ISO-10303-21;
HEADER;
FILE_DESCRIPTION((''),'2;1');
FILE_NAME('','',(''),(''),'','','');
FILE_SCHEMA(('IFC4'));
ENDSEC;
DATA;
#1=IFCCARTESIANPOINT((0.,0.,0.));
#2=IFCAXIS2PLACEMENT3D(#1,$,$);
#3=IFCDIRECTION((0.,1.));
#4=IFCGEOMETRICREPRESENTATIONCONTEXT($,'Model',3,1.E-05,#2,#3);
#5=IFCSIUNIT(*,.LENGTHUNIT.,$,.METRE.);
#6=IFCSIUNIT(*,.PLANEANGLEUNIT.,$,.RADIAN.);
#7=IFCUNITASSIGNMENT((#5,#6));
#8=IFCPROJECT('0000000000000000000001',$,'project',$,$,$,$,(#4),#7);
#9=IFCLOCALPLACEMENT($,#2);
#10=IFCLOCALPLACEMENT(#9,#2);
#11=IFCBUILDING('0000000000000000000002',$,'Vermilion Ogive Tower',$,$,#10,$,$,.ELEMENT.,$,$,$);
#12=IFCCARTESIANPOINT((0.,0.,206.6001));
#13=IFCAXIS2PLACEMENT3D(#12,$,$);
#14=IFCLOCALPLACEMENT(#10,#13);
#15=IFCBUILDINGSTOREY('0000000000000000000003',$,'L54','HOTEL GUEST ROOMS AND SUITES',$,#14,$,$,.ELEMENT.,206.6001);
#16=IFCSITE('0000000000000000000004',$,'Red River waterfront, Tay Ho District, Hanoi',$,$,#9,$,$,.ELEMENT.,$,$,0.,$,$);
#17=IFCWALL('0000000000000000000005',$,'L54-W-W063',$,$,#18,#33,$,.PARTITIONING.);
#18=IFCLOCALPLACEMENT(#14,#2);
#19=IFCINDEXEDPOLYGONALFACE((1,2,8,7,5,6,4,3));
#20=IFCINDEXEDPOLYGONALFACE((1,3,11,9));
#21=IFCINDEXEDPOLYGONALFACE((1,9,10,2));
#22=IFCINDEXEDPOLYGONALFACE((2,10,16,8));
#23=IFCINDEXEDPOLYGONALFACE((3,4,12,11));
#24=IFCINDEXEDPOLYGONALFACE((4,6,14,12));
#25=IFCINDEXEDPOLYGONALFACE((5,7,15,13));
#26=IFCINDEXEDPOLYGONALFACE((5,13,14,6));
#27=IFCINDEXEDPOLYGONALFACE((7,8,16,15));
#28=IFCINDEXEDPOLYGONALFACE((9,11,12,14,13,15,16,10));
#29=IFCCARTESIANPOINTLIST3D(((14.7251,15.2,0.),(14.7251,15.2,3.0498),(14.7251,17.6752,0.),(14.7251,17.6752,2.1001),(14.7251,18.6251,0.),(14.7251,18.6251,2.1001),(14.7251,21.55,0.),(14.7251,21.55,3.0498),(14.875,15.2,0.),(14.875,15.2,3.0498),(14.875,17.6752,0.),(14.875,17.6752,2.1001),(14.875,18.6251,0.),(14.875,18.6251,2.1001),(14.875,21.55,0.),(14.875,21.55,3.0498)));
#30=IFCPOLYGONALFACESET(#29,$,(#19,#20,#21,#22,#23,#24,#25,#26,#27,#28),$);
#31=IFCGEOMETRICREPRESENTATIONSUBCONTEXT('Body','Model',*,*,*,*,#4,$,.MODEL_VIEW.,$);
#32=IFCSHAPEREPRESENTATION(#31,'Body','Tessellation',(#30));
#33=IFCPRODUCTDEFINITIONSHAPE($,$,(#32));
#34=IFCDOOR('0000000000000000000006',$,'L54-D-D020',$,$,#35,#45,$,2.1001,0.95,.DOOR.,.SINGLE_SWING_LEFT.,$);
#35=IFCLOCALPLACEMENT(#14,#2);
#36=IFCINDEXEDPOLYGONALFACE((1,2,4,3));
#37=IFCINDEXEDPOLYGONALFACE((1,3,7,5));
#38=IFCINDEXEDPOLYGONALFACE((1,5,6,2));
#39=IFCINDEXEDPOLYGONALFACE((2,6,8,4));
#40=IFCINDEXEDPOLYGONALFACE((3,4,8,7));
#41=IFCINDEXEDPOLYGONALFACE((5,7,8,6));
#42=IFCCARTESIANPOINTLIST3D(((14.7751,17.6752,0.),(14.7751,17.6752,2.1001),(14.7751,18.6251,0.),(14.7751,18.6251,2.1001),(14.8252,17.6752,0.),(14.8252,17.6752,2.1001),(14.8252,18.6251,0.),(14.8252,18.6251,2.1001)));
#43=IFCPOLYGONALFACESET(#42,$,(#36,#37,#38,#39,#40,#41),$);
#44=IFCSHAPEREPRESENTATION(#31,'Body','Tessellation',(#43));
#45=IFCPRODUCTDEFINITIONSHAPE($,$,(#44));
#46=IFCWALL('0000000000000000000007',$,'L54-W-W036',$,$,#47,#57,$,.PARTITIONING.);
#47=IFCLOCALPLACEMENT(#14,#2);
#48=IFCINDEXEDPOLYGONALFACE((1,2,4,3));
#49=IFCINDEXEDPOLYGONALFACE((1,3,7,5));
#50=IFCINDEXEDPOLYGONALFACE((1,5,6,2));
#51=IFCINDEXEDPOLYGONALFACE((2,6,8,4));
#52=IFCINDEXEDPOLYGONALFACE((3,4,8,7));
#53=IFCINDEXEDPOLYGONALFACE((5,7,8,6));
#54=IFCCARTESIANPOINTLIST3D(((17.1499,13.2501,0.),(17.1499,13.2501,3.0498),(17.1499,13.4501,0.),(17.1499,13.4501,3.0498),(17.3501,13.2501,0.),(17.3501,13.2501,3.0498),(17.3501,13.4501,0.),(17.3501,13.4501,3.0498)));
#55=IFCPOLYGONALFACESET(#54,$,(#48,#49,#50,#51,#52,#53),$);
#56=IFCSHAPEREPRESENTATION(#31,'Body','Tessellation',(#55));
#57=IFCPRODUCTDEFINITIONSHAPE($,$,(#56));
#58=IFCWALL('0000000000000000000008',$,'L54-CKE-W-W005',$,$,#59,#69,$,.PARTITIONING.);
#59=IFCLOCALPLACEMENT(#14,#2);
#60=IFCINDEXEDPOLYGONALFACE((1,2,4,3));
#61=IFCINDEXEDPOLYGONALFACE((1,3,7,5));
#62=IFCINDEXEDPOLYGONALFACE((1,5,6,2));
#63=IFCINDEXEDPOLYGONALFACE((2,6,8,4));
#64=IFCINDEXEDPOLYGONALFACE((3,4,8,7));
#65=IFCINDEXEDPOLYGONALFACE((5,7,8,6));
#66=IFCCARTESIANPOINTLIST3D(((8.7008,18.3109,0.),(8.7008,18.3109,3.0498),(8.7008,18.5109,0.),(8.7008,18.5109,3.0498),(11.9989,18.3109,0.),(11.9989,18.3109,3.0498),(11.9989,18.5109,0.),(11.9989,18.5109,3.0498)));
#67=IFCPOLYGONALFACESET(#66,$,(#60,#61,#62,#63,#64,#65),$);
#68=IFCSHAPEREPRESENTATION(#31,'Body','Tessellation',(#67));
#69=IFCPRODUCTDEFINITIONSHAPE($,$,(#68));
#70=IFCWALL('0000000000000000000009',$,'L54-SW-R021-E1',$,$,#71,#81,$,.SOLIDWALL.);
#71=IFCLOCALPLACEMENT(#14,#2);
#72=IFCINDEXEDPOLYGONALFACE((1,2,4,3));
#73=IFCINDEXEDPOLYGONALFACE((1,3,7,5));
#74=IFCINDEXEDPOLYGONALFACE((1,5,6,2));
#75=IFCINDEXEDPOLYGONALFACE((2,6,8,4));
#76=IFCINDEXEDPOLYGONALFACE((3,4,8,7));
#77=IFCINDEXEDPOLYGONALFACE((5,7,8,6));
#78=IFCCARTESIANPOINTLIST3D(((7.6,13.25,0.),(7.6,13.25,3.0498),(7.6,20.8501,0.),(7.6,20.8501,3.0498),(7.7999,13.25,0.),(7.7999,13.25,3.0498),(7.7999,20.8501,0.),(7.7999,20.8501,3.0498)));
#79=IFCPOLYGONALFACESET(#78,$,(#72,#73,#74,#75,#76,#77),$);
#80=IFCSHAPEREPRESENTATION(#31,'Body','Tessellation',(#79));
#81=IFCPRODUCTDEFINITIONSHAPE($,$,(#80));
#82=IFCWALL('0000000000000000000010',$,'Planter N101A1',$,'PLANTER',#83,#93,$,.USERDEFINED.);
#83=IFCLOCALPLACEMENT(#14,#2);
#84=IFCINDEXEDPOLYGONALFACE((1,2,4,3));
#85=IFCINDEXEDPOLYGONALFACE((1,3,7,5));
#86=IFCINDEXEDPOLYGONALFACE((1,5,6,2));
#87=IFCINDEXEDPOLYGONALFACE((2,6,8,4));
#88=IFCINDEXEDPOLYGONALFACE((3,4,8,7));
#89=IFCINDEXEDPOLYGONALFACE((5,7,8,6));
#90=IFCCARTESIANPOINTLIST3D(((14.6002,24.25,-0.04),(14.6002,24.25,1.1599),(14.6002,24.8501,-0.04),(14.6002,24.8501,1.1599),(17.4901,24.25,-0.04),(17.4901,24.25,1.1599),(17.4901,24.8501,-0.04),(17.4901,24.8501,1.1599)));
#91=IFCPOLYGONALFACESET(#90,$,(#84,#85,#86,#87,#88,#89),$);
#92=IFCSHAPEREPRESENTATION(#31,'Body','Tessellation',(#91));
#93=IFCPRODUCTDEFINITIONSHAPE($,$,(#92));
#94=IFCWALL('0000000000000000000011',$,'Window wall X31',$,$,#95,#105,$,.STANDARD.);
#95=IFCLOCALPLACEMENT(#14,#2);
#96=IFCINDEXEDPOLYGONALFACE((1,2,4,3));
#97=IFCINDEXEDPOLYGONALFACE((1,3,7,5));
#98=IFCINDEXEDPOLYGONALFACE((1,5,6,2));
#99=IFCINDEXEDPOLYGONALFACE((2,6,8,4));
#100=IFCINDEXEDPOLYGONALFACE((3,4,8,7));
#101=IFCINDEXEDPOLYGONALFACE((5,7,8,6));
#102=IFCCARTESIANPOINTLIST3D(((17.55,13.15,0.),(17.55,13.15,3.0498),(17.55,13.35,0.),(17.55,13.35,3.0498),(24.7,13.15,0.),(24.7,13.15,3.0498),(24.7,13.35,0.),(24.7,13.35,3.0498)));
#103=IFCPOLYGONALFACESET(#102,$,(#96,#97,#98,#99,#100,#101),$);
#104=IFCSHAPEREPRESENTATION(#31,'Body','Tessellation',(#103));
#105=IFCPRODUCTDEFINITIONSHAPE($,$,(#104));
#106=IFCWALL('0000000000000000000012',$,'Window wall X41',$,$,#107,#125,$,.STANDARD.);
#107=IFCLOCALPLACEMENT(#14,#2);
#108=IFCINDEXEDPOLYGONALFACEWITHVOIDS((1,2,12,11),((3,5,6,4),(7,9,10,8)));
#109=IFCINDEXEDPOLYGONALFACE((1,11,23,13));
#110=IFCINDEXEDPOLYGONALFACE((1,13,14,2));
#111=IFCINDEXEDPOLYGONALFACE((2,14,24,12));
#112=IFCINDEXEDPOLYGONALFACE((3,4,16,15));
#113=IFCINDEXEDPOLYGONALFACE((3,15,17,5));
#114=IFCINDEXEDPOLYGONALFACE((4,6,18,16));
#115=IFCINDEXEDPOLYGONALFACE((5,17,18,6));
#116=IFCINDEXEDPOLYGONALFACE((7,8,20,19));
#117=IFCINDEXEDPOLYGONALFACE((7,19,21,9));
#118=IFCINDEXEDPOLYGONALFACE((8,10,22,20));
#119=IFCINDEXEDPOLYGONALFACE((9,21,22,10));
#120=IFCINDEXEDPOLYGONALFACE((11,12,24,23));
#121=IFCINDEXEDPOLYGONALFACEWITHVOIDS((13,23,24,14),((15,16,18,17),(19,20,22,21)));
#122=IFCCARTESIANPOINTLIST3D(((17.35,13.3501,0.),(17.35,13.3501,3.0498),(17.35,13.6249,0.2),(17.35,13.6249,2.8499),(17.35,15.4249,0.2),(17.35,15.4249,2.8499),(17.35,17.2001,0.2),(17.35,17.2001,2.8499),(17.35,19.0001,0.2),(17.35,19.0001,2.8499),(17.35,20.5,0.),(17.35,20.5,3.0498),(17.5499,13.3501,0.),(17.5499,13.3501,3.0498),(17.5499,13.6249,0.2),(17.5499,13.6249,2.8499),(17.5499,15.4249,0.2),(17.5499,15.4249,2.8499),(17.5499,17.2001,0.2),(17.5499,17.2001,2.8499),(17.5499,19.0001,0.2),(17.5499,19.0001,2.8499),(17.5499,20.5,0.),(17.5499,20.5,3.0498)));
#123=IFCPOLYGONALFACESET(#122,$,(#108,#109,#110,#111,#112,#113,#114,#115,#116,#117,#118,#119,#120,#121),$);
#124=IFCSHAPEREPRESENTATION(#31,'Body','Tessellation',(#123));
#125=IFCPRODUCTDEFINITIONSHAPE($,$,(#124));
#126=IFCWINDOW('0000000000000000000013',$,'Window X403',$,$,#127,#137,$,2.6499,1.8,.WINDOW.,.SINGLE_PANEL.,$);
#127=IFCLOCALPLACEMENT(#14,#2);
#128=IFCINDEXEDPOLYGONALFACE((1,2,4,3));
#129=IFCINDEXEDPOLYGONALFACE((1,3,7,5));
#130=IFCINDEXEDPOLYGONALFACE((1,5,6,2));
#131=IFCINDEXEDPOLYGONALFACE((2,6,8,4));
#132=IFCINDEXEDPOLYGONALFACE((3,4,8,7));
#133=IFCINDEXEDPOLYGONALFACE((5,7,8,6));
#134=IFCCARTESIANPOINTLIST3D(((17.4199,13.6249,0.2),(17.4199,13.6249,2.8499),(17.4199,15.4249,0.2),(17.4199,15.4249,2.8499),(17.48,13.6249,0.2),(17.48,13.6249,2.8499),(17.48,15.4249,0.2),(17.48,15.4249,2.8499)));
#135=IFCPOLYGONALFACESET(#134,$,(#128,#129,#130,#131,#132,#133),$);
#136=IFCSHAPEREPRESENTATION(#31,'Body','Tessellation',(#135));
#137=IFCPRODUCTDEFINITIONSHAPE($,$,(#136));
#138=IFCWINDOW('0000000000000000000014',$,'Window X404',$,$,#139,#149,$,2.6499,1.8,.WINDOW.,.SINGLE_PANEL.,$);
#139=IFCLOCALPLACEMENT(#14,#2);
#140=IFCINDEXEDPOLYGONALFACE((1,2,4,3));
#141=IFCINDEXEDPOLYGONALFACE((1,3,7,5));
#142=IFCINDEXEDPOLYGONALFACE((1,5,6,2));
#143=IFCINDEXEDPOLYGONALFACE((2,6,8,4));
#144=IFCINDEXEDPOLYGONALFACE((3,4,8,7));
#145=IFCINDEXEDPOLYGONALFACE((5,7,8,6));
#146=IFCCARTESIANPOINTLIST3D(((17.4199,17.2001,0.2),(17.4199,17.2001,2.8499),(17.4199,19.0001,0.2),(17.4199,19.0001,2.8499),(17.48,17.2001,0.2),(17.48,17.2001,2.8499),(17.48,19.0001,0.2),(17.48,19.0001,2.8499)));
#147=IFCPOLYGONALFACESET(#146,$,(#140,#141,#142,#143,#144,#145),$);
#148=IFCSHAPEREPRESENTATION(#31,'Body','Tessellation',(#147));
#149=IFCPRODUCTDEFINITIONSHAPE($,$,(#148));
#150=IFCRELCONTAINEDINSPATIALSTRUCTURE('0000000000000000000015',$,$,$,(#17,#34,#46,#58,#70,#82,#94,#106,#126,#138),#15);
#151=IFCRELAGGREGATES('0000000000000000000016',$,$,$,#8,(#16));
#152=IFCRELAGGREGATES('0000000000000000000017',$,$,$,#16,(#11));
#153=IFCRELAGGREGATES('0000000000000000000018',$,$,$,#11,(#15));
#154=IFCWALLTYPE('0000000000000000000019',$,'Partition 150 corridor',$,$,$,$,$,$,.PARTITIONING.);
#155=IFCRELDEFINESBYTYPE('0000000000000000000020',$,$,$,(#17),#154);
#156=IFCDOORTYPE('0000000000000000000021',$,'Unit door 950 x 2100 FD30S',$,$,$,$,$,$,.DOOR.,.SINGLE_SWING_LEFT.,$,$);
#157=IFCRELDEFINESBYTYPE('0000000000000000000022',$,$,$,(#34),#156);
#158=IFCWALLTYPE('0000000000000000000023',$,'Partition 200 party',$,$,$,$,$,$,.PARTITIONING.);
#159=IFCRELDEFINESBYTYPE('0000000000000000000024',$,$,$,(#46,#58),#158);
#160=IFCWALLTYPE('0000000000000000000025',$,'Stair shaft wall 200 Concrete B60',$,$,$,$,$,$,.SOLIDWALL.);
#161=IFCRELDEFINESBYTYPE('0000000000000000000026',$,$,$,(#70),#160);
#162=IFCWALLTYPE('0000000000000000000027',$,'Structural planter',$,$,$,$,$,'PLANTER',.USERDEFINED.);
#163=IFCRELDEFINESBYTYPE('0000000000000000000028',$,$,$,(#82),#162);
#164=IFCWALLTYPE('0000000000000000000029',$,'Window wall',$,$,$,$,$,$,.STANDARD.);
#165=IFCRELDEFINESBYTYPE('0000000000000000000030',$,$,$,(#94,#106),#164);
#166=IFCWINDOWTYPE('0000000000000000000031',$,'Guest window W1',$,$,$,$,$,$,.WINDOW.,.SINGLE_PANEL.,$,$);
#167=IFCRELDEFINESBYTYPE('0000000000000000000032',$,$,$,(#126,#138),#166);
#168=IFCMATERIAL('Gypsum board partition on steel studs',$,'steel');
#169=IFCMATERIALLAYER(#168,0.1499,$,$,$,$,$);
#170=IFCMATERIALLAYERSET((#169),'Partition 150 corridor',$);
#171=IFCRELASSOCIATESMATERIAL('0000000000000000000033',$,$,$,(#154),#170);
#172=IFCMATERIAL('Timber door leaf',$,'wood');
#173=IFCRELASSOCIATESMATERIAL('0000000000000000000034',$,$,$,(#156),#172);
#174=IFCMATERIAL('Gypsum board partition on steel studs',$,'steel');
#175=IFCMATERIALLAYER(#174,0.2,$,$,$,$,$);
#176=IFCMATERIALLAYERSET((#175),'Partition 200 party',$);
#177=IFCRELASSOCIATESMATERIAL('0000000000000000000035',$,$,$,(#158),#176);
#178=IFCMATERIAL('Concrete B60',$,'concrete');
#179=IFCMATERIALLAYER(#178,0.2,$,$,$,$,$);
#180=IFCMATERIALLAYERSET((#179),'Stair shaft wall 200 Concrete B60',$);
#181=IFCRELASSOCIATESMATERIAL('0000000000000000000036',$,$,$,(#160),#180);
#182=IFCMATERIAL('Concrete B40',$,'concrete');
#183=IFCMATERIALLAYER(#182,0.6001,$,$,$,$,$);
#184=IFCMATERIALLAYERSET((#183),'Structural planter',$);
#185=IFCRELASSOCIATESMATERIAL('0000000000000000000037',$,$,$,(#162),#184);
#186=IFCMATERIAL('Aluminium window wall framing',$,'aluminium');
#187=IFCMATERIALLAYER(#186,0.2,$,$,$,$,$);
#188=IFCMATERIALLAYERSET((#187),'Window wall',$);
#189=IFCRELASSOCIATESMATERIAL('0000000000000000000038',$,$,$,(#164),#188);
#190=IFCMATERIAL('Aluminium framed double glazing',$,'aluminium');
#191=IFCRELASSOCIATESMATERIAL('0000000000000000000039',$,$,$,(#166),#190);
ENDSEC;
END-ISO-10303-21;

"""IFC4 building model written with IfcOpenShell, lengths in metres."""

from ifc_helpers import new_model, si_unit, direction, frame, frame_2d, origin, place, context, subcontext, project, spatial, rectangle, extrude, material, layer, layer_set, type_object, element, fill, save


model = new_model("IFC4")

# Units and contexts
model_context = context("Model", 3, precision=1e-05, world=origin(), true_north=direction((0.0, 1.0)))
body_context = subcontext(model_context, "Body", "Model", "MODEL_VIEW")
ifc_project = project(units=[si_unit("LENGTHUNIT", "METRE"), si_unit("PLANEANGLEUNIT", "RADIAN")], contexts=[model_context])

# Site, building, storey
site_placement = place(None, origin())
site = spatial("IfcSite", under=ifc_project, at=site_placement, Name="Red River waterfront, Tay Ho District, Hanoi", CompositionType="ELEMENT", RefElevation=0.0)
building_placement = place(site_placement, origin())
building = spatial("IfcBuilding", under=site, at=building_placement, Name="Vermilion Ogive Tower", CompositionType="ELEMENT")
storey_placement = place(building_placement, frame((0.0, 0.0, 206.6001)))
storey = spatial("IfcBuildingStorey", under=building, at=storey_placement, Name="L54", Description="HOTEL GUEST ROOMS AND SUITES", CompositionType="ELEMENT", Elevation=206.6001)

# Wall, opening, door
ifc_material_1 = material(Name="Gypsum board partition on steel studs", Category="steel")
ifc_layer_1 = layer(ifc_material_1, 0.1499)
ifc_layer_set_1 = layer_set([ifc_layer_1], Name="Partition 150 corridor")
wall_type_1 = type_object("IfcWallType", Name="Partition 150 corridor", PredefinedType="PARTITIONING", material=ifc_layer_set_1)
wall_1_placement = place(storey_placement, frame((14.8, 15.2, 0.0), z_axis=(0.0, 0.0, 1.0), x_axis=(0.0, 1.0, 0.0)))
wall_1 = element("IfcWall", 1, at=wall_1_placement, inside=storey, type_object=wall_type_1, Name="L54-W-W063", PredefinedType="PARTITIONING", context=body_context, shape_type="SweptSolid", body=[
    extrude(rectangle(XDim=6.3501, YDim=0.1499, at=frame_2d((3.175, 0.0))), origin(), (0.0, 0.0, 1.0), 3.0498),
])
opening_1_placement = place(wall_1_placement, frame((2.4751, 0.0, 0.0)))
opening_1 = element("IfcOpeningElement", 2, at=opening_1_placement, cuts=wall_1, PredefinedType="OPENING", context=body_context, shape_type="SweptSolid", body=[
    extrude(rectangle(XDim=0.95, YDim=2.1001, at=frame_2d((0.4751, 1.05))), frame((0.0, 0.085, 0.0), z_axis=(0.0, -1.0, 0.0), x_axis=(1.0, 0.0, 0.0)), (0.0, 0.0, 1.0), 0.1699),
])
ifc_material_2 = material(Name="Timber door leaf", Category="wood")
door_type_1 = type_object("IfcDoorType", Name="Unit door 950 x 2100 FD30S", OperationType="SINGLE_SWING_LEFT", PredefinedType="DOOR", material=ifc_material_2)
door_1_placement = place(opening_1_placement, origin())
door_1 = element("IfcDoor", 3, at=door_1_placement, inside=storey, type_object=door_type_1, Name="L54-D-D020", OperationType="SINGLE_SWING_LEFT", OverallHeight=2.1001, OverallWidth=0.95, PredefinedType="DOOR", context=body_context, shape_type="SweptSolid", body=[
    extrude(rectangle(XDim=0.95, YDim=2.1001, at=frame_2d((0.4751, 1.05))), frame((0.0, 0.0249, 0.0), z_axis=(0.0, -1.0, 0.0), x_axis=(1.0, 0.0, 0.0)), (0.0, 0.0, 1.0), 0.05),
])
fill(opening_1, door_1)

# Walls
ifc_material_3 = material(Name="Gypsum board partition on steel studs", Category="steel")
ifc_layer_2 = layer(ifc_material_3, 0.2)
ifc_layer_set_2 = layer_set([ifc_layer_2], Name="Partition 200 party")
wall_type_2 = type_object("IfcWallType", Name="Partition 200 party", PredefinedType="PARTITIONING", material=ifc_layer_set_2)
wall_2_placement = place(storey_placement, frame((17.1499, 13.3501, 0.0), z_axis=(0.0, 0.0, 1.0), x_axis=(1.0, 0.0, 0.0)))
element("IfcWall", 4, at=wall_2_placement, inside=storey, type_object=wall_type_2, Name="L54-W-W036", PredefinedType="PARTITIONING", context=body_context, shape_type="SweptSolid", body=[
    extrude(rectangle(XDim=0.2002, YDim=0.2, at=frame_2d((0.1001, 0.0))), origin(), (0.0, 0.0, 1.0), 3.0498),
])
wall_3_placement = place(storey_placement, frame((8.7009, 18.4109, 0.0), z_axis=(0.0, 0.0, 1.0), x_axis=(1.0, 0.0, 0.0)))
element("IfcWall", 5, at=wall_3_placement, inside=storey, type_object=wall_type_2, Name="L54-CKE-W-W005", PredefinedType="PARTITIONING", context=body_context, shape_type="SweptSolid", body=[
    extrude(rectangle(XDim=3.2981, YDim=0.2, at=frame_2d((1.6489, 0.0))), origin(), (0.0, 0.0, 1.0), 3.0498),
])
ifc_material_4 = material(Name="Concrete B60", Category="concrete")
ifc_layer_3 = layer(ifc_material_4, 0.2)
ifc_layer_set_3 = layer_set([ifc_layer_3], Name="Stair shaft wall 200 Concrete B60")
wall_type_3 = type_object("IfcWallType", Name="Stair shaft wall 200 Concrete B60", PredefinedType="SOLIDWALL", material=ifc_layer_set_3)
wall_4_placement = place(storey_placement, frame((7.7, 13.25, 0.0), z_axis=(0.0, 0.0, 1.0), x_axis=(0.0, 1.0, 0.0)))
element("IfcWall", 6, at=wall_4_placement, inside=storey, type_object=wall_type_3, Name="L54-SW-R021-E1", PredefinedType="SOLIDWALL", context=body_context, shape_type="SweptSolid", body=[
    extrude(rectangle(XDim=7.6001, YDim=0.2, at=frame_2d((3.8, 0.0))), origin(), (0.0, 0.0, 1.0), 3.0498),
])
ifc_material_5 = material(Name="Concrete B40", Category="concrete")
ifc_layer_4 = layer(ifc_material_5, 0.6001)
ifc_layer_set_4 = layer_set([ifc_layer_4], Name="Structural planter")
wall_type_4 = type_object("IfcWallType", Name="Structural planter", ElementType="PLANTER", PredefinedType="USERDEFINED", material=ifc_layer_set_4)
wall_5_placement = place(storey_placement, frame((17.49, 24.55, -0.04), z_axis=(0.0, 0.0, 1.0), x_axis=(-1.0, 0.0, 0.0)))
element("IfcWall", 7, at=wall_5_placement, inside=storey, type_object=wall_type_4, Name="Planter N101A1", ObjectType="PLANTER", PredefinedType="USERDEFINED", context=body_context, shape_type="SweptSolid", body=[
    extrude(rectangle(XDim=2.8899, YDim=0.6001, at=frame_2d((1.4448, 0.0))), origin(), (0.0, 0.0, 1.0), 1.2),
])
ifc_material_6 = material(Name="Aluminium window wall framing", Category="aluminium")
ifc_layer_5 = layer(ifc_material_6, 0.2)
ifc_layer_set_5 = layer_set([ifc_layer_5], Name="Window wall")
wall_type_5 = type_object("IfcWallType", Name="Window wall", PredefinedType="STANDARD", material=ifc_layer_set_5)
wall_6_placement = place(storey_placement, frame((24.7, 13.25, 0.0), z_axis=(0.0, 0.0, 1.0), x_axis=(-1.0, 0.0, 0.0)))
element("IfcWall", 8, at=wall_6_placement, inside=storey, type_object=wall_type_5, Name="Window wall X31", PredefinedType="STANDARD", context=body_context, shape_type="SweptSolid", body=[
    extrude(rectangle(XDim=7.1499, YDim=0.2, at=frame_2d((3.575, 0.0))), origin(), (0.0, 0.0, 1.0), 3.0498),
])

# Wall, openings, windows
wall_7_placement = place(storey_placement, frame((17.45, 13.3501, 0.0), z_axis=(0.0, 0.0, 1.0), x_axis=(0.0, 1.0, 0.0)))
wall_7 = element("IfcWall", 9, at=wall_7_placement, inside=storey, type_object=wall_type_5, Name="Window wall X41", PredefinedType="STANDARD", context=body_context, shape_type="SweptSolid", body=[
    extrude(rectangle(XDim=7.1499, YDim=0.2, at=frame_2d((3.575, 0.0))), origin(), (0.0, 0.0, 1.0), 3.0498),
])
opening_2_placement = place(wall_7_placement, frame((0.2749, 0.0, 0.2)))
opening_2 = element("IfcOpeningElement", 10, at=opening_2_placement, cuts=wall_7, PredefinedType="OPENING", context=body_context, shape_type="SweptSolid", body=[
    extrude(rectangle(XDim=1.8, YDim=2.6499, at=frame_2d((0.8999, 1.325))), frame((0.0, 0.1099, 0.0), z_axis=(0.0, -1.0, 0.0), x_axis=(1.0, 0.0, 0.0)), (0.0, 0.0, 1.0), 0.22),
])
opening_3_placement = place(wall_7_placement, frame((3.8501, 0.0, 0.2)))
opening_3 = element("IfcOpeningElement", 11, at=opening_3_placement, cuts=wall_7, PredefinedType="OPENING", context=body_context, shape_type="SweptSolid", body=[
    extrude(rectangle(XDim=1.8, YDim=2.6499, at=frame_2d((0.8999, 1.325))), frame((0.0, 0.1099, 0.0), z_axis=(0.0, -1.0, 0.0), x_axis=(1.0, 0.0, 0.0)), (0.0, 0.0, 1.0), 0.22),
])
ifc_material_7 = material(Name="Aluminium framed double glazing", Category="aluminium")
window_type = type_object("IfcWindowType", Name="Guest window W1", PartitioningType="SINGLE_PANEL", PredefinedType="WINDOW", material=ifc_material_7)
window_1_placement = place(opening_2_placement, origin())
window_1 = element("IfcWindow", 12, at=window_1_placement, inside=storey, type_object=window_type, Name="Window X403", OverallHeight=2.6499, OverallWidth=1.8, PartitioningType="SINGLE_PANEL", PredefinedType="WINDOW", context=body_context, shape_type="SweptSolid", body=[
    extrude(rectangle(XDim=1.8, YDim=2.6499, at=frame_2d((0.8999, 1.325))), frame((0.0, 0.03, 0.0), z_axis=(0.0, -1.0, 0.0), x_axis=(1.0, 0.0, 0.0)), (0.0, 0.0, 1.0), 0.0601),
])
fill(opening_2, window_1)
window_2_placement = place(opening_3_placement, origin())
window_2 = element("IfcWindow", 13, at=window_2_placement, inside=storey, type_object=window_type, Name="Window X404", OverallHeight=2.6499, OverallWidth=1.8, PartitioningType="SINGLE_PANEL", PredefinedType="WINDOW", context=body_context, shape_type="SweptSolid", body=[
    extrude(rectangle(XDim=1.8, YDim=2.6499, at=frame_2d((0.8999, 1.325))), frame((0.0, 0.03, 0.0), z_axis=(0.0, -1.0, 0.0), x_axis=(1.0, 0.0, 0.0)), (0.0, 0.0, 1.0), 0.0601),
])
fill(opening_3, window_2)

save(model, "model.ifc")
